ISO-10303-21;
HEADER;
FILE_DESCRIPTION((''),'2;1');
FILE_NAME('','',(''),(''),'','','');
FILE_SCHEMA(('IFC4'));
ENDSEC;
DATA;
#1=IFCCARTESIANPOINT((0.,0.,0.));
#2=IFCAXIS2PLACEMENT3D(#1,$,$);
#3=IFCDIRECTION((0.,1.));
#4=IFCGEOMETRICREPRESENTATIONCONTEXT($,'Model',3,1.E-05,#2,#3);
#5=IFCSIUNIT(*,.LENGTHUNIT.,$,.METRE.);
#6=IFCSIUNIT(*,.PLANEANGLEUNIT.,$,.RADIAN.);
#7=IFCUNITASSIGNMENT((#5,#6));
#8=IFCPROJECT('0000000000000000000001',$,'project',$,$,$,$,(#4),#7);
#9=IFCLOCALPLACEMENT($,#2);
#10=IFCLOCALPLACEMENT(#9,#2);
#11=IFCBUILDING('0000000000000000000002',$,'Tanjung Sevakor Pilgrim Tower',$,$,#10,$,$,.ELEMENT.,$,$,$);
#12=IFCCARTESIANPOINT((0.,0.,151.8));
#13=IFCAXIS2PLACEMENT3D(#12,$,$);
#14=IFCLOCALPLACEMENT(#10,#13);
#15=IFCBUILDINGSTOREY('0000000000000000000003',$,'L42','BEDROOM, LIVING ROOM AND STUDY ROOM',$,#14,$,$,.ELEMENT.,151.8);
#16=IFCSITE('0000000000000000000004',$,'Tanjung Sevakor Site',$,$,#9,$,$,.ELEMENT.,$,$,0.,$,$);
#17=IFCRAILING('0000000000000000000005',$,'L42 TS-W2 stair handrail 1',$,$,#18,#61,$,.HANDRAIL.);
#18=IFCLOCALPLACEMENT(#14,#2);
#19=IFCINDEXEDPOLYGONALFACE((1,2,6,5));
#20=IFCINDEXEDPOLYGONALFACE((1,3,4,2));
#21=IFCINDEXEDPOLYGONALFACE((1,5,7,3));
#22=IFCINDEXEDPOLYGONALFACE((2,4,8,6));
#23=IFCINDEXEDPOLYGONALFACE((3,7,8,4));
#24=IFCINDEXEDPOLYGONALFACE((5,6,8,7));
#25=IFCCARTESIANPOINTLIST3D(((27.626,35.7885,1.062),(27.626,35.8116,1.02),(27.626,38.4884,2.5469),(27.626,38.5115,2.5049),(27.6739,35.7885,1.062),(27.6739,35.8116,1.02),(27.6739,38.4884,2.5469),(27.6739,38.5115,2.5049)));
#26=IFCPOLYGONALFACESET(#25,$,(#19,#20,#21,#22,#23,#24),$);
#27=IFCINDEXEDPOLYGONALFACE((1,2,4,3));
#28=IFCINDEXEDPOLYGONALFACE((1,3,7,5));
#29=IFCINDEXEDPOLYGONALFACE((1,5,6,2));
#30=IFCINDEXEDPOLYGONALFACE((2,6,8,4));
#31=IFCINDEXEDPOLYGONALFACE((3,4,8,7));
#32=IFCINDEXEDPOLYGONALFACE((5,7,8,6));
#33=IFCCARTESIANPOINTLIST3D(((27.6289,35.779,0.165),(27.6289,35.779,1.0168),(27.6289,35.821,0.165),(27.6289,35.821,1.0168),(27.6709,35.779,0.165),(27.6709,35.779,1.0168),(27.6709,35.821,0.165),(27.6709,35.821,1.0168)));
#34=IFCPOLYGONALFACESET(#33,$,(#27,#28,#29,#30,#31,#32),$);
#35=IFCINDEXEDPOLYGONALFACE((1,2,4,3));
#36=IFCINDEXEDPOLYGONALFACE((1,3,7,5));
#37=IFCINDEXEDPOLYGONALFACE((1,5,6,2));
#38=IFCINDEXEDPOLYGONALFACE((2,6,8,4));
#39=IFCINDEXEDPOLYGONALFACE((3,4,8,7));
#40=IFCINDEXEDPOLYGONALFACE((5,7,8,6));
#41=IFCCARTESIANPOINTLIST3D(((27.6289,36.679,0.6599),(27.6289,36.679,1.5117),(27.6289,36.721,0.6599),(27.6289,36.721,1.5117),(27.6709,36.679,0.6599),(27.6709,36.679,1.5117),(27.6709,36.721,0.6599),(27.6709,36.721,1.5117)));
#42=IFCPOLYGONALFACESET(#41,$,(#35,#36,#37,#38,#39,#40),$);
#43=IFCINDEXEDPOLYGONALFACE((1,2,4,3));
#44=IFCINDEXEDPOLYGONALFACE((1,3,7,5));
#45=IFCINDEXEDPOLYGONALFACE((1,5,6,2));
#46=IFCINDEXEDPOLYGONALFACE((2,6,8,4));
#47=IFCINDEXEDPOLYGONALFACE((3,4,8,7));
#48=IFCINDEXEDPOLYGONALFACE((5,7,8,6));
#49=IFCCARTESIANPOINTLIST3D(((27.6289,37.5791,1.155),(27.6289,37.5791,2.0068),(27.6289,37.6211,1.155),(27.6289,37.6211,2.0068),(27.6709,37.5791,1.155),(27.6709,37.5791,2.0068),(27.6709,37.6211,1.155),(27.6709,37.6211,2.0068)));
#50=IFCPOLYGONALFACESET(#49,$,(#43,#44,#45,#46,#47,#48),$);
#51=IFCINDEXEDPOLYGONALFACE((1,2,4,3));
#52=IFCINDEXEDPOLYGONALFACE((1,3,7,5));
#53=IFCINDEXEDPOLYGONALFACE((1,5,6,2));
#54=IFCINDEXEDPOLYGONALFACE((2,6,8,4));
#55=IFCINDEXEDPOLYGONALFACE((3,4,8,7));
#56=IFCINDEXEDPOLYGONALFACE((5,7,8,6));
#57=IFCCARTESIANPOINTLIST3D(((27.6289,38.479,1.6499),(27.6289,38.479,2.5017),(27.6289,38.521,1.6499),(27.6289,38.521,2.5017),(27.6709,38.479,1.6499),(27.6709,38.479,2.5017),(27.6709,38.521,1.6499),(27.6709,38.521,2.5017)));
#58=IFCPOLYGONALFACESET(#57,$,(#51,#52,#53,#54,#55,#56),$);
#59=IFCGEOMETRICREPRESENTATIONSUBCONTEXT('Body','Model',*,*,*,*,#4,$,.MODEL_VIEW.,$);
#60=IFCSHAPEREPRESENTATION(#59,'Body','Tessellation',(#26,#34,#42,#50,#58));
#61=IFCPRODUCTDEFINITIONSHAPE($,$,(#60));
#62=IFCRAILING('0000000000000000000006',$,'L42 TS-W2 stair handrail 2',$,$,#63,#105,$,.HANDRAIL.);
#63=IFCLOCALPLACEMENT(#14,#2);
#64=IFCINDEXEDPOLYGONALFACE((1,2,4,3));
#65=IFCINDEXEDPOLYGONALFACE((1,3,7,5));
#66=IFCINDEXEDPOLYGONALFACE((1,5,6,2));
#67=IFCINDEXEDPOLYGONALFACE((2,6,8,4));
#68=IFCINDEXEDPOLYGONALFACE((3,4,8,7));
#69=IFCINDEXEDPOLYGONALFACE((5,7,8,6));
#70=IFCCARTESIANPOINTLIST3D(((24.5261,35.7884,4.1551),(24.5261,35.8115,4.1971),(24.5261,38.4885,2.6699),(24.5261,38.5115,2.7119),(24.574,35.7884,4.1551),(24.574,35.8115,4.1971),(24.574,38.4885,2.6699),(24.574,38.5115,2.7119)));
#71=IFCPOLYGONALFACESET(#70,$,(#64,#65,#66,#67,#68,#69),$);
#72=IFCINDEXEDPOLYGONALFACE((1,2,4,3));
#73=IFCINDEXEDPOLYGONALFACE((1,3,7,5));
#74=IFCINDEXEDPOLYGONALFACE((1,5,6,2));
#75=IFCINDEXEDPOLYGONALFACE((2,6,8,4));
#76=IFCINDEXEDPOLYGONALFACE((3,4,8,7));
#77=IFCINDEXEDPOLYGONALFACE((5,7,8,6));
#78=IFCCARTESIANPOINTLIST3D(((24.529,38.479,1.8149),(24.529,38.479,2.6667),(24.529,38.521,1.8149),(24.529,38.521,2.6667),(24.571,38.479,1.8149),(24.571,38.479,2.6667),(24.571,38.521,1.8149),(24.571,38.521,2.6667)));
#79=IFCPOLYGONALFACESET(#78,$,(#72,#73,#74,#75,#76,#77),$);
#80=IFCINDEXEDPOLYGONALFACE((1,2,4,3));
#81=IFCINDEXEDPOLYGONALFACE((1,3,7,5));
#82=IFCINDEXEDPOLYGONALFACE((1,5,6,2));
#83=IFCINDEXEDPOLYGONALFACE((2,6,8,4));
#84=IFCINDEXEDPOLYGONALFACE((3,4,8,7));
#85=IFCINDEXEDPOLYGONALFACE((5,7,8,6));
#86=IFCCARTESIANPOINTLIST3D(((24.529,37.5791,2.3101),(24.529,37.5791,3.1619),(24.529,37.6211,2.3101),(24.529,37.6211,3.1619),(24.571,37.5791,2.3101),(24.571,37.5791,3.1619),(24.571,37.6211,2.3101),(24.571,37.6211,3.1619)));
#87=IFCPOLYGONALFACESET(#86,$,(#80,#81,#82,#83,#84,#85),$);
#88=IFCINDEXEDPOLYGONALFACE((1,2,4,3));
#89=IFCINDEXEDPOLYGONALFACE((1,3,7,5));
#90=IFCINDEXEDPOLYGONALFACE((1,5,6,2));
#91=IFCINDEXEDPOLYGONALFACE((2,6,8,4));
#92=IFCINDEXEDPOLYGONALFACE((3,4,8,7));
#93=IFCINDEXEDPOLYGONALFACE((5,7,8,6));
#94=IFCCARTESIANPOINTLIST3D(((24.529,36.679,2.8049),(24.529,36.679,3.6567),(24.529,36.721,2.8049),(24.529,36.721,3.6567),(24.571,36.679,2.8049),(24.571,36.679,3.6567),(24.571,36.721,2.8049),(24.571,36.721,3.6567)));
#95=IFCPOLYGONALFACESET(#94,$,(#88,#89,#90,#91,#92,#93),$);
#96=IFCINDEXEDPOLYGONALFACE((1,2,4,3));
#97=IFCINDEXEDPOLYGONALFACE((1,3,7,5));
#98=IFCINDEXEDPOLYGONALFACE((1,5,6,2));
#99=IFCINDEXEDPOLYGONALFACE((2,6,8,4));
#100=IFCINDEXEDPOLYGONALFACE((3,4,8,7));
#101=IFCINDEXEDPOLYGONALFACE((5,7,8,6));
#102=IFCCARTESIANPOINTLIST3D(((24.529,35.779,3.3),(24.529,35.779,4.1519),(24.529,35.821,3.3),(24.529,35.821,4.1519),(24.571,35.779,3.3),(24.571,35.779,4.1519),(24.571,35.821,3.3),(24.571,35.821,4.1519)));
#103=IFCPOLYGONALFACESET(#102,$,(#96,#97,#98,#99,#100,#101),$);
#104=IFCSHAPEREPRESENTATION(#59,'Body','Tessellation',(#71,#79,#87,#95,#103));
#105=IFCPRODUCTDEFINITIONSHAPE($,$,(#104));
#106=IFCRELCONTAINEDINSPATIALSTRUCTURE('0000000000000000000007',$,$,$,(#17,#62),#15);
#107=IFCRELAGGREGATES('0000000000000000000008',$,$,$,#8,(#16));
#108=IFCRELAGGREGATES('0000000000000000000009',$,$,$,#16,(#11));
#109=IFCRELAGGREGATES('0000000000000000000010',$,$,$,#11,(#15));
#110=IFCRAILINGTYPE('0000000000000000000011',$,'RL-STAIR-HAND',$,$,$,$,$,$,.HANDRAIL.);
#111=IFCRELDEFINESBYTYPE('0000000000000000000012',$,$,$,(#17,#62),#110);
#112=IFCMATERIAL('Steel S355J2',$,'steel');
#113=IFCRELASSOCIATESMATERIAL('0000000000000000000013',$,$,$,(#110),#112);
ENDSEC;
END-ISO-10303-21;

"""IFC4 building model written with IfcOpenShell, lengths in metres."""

from ifc_helpers import new_model, si_unit, direction, frame, origin, place, context, subcontext, project, spatial, rectangle, extrude, material, type_object, element, save


model = new_model("IFC4")

# Units and contexts
model_context = context("Model", 3, precision=1e-05, world=origin(), true_north=direction((0.0, 1.0)))
body_context = subcontext(model_context, "Body", "Model", "MODEL_VIEW")
ifc_project = project(units=[si_unit("LENGTHUNIT", "METRE"), si_unit("PLANEANGLEUNIT", "RADIAN")], contexts=[model_context])

# Site, building, storey
site_placement = place(None, origin())
site = spatial("IfcSite", under=ifc_project, at=site_placement, Name="Tanjung Sevakor Site", CompositionType="ELEMENT", RefElevation=0.0)
building_placement = place(site_placement, origin())
building = spatial("IfcBuilding", under=site, at=building_placement, Name="Tanjung Sevakor Pilgrim Tower", CompositionType="ELEMENT")
storey_placement = place(building_placement, frame((0.0, 0.0, 151.8)))
storey = spatial("IfcBuildingStorey", under=building, at=storey_placement, Name="L42", Description="BEDROOM, LIVING ROOM AND STUDY ROOM", CompositionType="ELEMENT", Elevation=151.8)

# Railings
ifc_material_1 = material(Name="Steel S355J2", Category="steel")
railing_type_1 = type_object("IfcRailingType", Name="RL-STAIR-HAND", PredefinedType="HANDRAIL", material=ifc_material_1)
railing_1_placement = place(storey_placement, frame((27.6499, 35.8, 0.165)))
element("IfcRailing", 1, at=railing_1_placement, inside=storey, type_object=railing_type_1, Name="L42 TS-W2 stair handrail 1", PredefinedType="HANDRAIL", context=body_context, shape_type="SweptSolid", body=[
    extrude(rectangle(XDim=0.0479, YDim=0.0479), frame((0.0, 0.0, 0.876), z_axis=(0.0, 0.876231, 0.481891), x_axis=(-1.0, 0.0, 0.0)), (0.0, 0.0, 1.0), 3.0813),
    extrude(rectangle(XDim=0.042, YDim=0.042), origin(), (0.0, 0.0, 1.0), 0.8518),
    extrude(rectangle(XDim=0.042, YDim=0.042), frame((0.0, 0.8999, 0.4949)), (0.0, 0.0, 1.0), 0.8518),
    extrude(rectangle(XDim=0.042, YDim=0.042), frame((0.0, 1.8, 0.99)), (0.0, 0.0, 1.0), 0.8518),
    extrude(rectangle(XDim=0.042, YDim=0.042), frame((0.0, 2.7, 1.4849)), (0.0, 0.0, 1.0), 0.8518),
])
railing_2_placement = place(storey_placement, frame((24.55, 38.5, 1.8149)))
element("IfcRailing", 2, at=railing_2_placement, inside=storey, type_object=railing_type_1, Name="L42 TS-W2 stair handrail 2", PredefinedType="HANDRAIL", context=body_context, shape_type="SweptSolid", body=[
    extrude(rectangle(XDim=0.0479, YDim=0.0479), frame((0.0, 0.0, 0.876), z_axis=(0.0, -0.876198, 0.481952), x_axis=(1.0, 0.0, 0.0)), (0.0, 0.0, 1.0), 3.0815),
    extrude(rectangle(XDim=0.042, YDim=0.042), origin(), (0.0, 0.0, 1.0), 0.8518),
    extrude(rectangle(XDim=0.042, YDim=0.042), frame((0.0, -0.8999, 0.4951)), (0.0, 0.0, 1.0), 0.8518),
    extrude(rectangle(XDim=0.042, YDim=0.042), frame((0.0, -1.8, 0.99)), (0.0, 0.0, 1.0), 0.8518),
    extrude(rectangle(XDim=0.042, YDim=0.042), frame((0.0, -2.7, 1.4851)), (0.0, 0.0, 1.0), 0.8518),
])

save(model, "model.ifc")
